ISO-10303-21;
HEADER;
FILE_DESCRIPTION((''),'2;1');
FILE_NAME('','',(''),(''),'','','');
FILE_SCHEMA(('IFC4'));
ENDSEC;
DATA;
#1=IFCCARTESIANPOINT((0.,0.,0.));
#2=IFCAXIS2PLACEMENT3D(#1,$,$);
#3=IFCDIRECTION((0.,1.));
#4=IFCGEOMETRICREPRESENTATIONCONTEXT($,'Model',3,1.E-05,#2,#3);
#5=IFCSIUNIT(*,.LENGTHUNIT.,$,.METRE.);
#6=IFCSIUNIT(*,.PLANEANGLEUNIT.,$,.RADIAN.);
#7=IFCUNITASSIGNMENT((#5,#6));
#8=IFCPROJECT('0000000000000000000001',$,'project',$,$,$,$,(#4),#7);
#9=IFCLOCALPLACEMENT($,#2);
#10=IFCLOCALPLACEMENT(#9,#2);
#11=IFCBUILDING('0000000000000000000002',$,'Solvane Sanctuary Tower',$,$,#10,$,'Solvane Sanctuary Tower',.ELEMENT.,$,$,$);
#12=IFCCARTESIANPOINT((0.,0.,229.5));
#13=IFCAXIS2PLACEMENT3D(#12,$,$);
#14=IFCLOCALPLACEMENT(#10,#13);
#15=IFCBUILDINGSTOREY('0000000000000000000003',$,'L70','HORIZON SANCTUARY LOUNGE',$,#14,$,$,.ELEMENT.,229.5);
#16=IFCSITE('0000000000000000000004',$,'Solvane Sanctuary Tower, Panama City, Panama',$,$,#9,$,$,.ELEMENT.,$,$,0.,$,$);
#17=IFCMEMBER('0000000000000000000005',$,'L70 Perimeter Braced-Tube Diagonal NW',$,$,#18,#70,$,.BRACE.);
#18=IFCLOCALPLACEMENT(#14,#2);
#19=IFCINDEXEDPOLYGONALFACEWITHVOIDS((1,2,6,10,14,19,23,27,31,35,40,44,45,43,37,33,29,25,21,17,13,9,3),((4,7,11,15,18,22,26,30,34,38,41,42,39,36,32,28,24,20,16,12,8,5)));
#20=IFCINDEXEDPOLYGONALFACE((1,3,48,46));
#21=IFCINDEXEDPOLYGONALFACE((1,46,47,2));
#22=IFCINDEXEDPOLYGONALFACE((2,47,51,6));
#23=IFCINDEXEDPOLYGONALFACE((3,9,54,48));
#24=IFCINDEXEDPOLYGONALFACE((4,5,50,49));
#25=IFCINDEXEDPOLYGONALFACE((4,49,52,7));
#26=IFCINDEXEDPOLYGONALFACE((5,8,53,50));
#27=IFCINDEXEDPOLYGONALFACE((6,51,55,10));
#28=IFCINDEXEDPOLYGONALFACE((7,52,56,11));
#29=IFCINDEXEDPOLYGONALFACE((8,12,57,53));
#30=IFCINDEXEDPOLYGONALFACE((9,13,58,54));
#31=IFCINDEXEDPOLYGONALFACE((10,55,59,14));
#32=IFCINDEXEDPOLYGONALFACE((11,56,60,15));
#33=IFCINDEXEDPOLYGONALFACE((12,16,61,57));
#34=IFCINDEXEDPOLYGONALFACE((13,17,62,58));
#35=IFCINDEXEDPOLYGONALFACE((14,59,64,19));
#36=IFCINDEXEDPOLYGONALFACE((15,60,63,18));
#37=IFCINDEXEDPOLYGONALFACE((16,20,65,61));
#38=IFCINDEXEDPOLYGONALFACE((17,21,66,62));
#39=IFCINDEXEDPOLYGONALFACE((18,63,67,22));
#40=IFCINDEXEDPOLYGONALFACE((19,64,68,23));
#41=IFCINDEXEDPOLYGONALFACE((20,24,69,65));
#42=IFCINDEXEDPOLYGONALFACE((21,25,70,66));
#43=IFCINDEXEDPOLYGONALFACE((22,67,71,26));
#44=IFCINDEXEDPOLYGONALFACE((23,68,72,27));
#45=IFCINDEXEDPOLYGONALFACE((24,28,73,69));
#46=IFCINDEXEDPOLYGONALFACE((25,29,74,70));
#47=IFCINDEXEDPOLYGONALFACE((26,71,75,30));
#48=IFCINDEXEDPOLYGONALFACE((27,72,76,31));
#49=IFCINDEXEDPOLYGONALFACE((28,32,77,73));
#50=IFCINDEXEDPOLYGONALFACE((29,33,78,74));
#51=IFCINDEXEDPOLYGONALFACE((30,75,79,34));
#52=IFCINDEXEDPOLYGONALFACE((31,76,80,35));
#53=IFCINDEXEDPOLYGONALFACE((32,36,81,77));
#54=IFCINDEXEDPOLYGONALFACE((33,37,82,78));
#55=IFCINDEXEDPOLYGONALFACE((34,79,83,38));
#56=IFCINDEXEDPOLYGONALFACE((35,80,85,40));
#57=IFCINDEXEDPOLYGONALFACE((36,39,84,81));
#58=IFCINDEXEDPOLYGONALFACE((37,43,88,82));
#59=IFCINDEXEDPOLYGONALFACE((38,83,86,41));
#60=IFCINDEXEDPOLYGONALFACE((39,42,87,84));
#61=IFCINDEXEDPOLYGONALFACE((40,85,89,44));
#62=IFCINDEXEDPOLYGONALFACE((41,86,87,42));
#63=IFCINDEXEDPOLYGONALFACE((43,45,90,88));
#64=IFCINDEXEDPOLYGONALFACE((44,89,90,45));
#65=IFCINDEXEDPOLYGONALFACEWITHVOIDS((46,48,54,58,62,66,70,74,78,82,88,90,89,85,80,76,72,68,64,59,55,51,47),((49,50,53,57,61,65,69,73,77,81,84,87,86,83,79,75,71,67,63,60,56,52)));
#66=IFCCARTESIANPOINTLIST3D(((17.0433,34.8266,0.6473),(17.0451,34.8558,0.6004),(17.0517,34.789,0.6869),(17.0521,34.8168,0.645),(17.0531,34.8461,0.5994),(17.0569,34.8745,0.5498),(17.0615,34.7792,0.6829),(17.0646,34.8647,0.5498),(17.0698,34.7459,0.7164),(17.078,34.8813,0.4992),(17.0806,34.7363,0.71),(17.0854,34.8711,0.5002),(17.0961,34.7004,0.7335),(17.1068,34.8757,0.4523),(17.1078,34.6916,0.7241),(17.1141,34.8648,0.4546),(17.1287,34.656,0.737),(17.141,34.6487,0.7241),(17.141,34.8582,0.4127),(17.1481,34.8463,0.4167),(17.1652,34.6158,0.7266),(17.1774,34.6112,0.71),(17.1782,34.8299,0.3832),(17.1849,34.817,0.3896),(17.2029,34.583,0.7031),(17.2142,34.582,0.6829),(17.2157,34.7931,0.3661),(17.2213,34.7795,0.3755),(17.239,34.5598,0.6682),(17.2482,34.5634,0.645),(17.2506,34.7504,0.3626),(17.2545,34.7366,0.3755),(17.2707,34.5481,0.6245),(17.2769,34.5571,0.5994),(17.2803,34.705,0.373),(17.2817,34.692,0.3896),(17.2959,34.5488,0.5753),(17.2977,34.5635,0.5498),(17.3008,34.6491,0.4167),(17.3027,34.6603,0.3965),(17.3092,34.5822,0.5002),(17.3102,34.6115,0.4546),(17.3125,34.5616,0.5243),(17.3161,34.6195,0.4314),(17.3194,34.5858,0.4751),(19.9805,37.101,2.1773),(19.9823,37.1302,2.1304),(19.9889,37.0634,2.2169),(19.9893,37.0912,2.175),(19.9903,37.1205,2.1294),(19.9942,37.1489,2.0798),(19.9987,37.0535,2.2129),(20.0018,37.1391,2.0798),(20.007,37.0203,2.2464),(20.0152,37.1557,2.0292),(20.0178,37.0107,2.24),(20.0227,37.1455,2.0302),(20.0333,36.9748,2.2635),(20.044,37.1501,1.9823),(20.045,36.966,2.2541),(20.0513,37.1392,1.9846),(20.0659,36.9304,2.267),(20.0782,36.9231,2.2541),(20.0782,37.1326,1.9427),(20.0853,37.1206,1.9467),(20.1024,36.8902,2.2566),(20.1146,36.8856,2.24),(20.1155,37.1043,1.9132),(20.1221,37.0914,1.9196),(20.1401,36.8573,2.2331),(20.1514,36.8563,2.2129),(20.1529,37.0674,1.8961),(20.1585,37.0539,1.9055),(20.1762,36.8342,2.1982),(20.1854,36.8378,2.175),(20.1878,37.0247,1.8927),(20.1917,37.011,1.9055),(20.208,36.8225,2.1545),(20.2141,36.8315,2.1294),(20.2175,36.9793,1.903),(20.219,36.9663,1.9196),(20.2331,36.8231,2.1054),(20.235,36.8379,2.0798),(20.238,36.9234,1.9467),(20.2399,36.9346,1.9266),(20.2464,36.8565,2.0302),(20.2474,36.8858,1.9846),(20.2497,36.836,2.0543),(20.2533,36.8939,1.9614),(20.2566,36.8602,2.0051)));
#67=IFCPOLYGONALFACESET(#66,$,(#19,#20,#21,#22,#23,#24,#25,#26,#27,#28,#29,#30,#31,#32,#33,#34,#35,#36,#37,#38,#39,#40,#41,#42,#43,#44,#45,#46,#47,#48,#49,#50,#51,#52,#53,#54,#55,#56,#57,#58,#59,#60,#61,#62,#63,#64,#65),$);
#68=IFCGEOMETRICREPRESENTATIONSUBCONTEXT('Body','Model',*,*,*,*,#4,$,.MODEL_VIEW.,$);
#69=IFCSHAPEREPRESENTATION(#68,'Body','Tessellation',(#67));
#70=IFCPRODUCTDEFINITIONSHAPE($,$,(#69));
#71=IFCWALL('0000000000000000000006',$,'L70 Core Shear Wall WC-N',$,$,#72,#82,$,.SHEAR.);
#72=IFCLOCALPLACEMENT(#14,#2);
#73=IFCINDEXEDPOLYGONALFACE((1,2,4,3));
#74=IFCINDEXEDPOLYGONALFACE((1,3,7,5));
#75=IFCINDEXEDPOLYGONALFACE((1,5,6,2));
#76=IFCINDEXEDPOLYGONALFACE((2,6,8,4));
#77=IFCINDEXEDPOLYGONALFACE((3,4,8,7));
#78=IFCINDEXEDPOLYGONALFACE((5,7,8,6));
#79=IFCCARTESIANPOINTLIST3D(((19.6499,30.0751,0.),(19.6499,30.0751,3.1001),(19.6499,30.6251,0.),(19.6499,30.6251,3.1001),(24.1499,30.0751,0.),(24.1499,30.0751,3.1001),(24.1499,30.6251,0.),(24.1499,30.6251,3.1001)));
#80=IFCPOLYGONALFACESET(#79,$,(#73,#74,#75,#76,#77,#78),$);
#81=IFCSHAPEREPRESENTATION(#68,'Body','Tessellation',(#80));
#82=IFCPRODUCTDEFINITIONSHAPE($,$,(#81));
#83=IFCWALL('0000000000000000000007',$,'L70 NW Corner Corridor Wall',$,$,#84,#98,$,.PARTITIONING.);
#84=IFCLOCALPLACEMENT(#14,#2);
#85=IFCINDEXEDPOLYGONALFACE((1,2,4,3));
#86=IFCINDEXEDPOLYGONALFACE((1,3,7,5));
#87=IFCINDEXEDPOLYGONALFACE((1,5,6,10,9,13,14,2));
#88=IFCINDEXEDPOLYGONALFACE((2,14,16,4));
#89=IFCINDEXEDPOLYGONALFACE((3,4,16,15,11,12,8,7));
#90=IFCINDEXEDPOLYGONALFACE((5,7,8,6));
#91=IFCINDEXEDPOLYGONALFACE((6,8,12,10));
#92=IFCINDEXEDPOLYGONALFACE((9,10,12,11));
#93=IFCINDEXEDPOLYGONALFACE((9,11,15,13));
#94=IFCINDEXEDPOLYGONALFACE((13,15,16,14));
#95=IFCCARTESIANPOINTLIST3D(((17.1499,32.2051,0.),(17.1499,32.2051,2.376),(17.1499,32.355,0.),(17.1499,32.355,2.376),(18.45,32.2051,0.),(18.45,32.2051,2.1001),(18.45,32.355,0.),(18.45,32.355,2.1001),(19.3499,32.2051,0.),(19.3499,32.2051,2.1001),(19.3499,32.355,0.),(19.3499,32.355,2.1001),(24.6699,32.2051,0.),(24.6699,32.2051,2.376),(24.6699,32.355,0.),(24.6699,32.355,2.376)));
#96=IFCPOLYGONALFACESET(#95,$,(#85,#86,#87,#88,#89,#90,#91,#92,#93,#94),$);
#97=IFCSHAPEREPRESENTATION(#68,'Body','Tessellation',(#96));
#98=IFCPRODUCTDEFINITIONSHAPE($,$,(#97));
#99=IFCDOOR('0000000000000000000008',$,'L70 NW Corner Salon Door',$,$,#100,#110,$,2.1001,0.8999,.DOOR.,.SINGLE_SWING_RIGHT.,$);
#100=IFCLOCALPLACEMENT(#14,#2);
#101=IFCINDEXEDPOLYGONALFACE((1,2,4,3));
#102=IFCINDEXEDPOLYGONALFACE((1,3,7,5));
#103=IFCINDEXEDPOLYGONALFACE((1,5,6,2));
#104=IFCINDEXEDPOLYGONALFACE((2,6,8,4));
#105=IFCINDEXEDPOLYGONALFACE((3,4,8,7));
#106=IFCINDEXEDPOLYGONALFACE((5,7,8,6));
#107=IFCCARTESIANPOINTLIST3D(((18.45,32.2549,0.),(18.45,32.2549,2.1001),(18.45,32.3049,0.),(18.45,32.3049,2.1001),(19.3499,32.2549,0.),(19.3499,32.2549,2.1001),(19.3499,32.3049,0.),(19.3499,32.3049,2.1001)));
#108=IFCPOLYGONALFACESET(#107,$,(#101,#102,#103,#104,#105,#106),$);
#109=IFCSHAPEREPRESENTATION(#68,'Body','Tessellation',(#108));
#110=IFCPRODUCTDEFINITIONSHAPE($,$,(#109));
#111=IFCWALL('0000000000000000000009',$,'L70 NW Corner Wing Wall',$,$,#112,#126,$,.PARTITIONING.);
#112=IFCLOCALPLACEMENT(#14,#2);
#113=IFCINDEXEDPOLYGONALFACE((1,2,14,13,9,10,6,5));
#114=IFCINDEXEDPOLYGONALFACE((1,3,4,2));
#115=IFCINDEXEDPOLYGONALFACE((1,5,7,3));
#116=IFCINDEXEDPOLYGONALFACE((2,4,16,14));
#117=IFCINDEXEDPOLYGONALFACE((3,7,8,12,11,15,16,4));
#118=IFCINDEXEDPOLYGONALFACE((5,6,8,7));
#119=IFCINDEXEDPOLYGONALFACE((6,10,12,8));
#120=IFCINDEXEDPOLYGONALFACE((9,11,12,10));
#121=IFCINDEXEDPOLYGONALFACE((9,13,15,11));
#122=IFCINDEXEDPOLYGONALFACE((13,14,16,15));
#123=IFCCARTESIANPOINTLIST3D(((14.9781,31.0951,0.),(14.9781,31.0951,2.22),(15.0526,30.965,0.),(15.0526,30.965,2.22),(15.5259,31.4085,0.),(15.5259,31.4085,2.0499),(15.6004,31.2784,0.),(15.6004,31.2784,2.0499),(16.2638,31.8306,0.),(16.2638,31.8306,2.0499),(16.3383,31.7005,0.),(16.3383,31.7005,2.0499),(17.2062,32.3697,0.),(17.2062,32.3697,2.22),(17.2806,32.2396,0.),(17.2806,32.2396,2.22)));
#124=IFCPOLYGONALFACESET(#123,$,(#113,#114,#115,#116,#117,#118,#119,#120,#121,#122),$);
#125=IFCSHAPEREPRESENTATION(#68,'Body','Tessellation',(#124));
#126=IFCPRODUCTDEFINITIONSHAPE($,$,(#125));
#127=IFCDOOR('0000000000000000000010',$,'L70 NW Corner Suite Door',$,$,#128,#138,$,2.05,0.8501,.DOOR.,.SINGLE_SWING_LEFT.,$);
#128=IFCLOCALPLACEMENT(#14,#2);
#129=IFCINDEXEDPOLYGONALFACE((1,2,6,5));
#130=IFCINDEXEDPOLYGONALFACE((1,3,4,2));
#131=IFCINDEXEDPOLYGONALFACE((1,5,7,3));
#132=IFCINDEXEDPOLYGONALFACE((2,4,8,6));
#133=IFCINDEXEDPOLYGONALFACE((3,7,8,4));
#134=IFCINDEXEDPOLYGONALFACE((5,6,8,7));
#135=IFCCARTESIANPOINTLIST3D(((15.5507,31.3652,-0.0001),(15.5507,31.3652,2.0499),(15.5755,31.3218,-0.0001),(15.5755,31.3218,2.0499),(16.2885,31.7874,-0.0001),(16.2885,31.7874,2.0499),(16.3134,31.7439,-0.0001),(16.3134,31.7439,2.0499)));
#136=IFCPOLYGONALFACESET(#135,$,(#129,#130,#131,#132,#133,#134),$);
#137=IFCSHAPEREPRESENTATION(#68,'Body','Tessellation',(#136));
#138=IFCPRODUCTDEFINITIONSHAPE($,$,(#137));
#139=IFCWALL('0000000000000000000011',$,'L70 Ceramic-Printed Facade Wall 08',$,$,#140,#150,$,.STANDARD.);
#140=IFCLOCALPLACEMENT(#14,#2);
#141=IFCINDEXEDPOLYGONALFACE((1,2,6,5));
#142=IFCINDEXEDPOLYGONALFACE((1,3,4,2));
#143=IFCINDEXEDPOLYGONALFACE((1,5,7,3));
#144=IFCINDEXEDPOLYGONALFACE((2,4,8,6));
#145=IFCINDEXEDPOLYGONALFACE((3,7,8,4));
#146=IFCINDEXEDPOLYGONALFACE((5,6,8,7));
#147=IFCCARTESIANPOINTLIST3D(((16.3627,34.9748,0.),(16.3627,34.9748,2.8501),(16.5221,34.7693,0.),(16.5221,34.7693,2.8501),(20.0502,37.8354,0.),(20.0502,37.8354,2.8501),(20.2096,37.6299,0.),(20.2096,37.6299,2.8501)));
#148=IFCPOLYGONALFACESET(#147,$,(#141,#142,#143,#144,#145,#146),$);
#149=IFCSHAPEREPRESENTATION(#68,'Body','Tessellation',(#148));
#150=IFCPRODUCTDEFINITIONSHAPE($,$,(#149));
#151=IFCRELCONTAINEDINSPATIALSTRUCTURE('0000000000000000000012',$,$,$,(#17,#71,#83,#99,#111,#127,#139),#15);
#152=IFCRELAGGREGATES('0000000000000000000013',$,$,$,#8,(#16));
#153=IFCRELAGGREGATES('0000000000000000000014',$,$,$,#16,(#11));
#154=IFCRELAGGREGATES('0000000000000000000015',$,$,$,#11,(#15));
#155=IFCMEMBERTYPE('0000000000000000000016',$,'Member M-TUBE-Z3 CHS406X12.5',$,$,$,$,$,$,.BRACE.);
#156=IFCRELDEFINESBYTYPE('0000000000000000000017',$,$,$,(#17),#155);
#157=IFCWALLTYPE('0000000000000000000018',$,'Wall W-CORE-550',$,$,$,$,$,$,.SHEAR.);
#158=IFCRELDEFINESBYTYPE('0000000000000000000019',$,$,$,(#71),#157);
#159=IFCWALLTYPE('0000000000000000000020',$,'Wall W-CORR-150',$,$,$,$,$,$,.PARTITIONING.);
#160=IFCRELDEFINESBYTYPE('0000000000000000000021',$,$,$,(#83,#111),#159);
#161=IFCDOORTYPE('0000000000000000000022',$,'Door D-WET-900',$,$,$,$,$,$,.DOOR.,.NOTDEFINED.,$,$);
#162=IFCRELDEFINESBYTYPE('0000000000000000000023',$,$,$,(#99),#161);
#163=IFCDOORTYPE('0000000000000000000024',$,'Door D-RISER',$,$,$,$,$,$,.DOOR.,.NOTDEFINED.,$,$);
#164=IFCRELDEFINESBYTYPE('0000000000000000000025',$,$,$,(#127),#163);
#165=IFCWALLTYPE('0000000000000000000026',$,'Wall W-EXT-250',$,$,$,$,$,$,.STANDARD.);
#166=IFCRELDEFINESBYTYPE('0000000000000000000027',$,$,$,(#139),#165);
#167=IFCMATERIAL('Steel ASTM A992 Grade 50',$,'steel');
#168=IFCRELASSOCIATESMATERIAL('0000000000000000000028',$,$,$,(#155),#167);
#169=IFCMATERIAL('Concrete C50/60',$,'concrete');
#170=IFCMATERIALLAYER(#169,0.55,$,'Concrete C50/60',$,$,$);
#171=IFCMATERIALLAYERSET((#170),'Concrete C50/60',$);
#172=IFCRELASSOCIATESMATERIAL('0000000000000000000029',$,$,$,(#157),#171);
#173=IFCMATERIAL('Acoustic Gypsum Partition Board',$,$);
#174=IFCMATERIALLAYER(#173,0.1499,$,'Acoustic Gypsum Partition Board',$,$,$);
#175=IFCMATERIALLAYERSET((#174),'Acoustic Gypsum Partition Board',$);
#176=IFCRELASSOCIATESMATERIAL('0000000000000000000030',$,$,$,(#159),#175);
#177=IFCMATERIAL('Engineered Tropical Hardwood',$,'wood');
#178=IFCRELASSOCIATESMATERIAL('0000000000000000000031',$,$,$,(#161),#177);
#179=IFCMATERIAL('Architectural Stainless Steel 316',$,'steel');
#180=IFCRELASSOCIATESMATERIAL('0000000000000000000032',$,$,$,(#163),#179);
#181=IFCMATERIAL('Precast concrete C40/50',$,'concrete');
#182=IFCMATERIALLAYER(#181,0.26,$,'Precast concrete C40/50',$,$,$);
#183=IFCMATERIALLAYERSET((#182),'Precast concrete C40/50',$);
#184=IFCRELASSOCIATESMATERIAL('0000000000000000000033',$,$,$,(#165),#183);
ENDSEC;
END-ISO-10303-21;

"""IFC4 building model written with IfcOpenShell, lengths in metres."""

from ifc_helpers import new_model, si_unit, direction, frame, frame_2d, origin, origin_2d, place, context, subcontext, project, spatial, rectangle, hollow_circle, extrude, material, layer, layer_set, material_profile, profile_set, type_object, element, fill, save


model = new_model("IFC4")

# Units and contexts
model_context = context("Model", 3, precision=1e-05, world=origin(), true_north=direction((0.0, 1.0)))
body_context = subcontext(model_context, "Body", "Model", "MODEL_VIEW")
ifc_project = project(units=[si_unit("LENGTHUNIT", "METRE"), si_unit("PLANEANGLEUNIT", "RADIAN")], contexts=[model_context])

# Site, building, storey
site_placement = place(None, origin())
site = spatial("IfcSite", under=ifc_project, at=site_placement, Name="Solvane Sanctuary Tower, Panama City, Panama", CompositionType="ELEMENT", RefElevation=0.0)
building_placement = place(site_placement, origin())
building = spatial("IfcBuilding", under=site, at=building_placement, Name="Solvane Sanctuary Tower", LongName="Solvane Sanctuary Tower", CompositionType="ELEMENT")
storey_placement = place(building_placement, frame((0.0, 0.0, 229.5)))
storey = spatial("IfcBuildingStorey", under=building, at=storey_placement, Name="L70", Description="HORIZON SANCTUARY LOUNGE", CompositionType="ELEMENT", Elevation=229.5)

# Shared definitions
ifc_material_1 = material(Name="Concrete C50/60", Category="concrete")

# Shared definitions
ifc_material_2 = material(Name="Steel ASTM A992 Grade 50", Category="steel")

# Member
ifc_material_profile_1 = material_profile(ifc_material_2, hollow_circle(Radius=0.2029, WallThickness=0.0125, at=origin_2d()), Name="CHS406X12.5")
ifc_profile_set_1 = profile_set([ifc_material_profile_1], Name="Steel ASTM A992 Grade 50")
member_type = type_object("IfcMemberType", Name="Member M-TUBE-Z3 CHS406X12.5", PredefinedType="BRACE", material=ifc_profile_set_1)
member_placement = place(storey_placement, frame((17.1812, 34.7141, 0.5498), z_axis=(0.73109, 0.566107, 0.380828), x_axis=(-0.612242, 0.79067, 0.0)))
element("IfcMember", 1, at=member_placement, inside=storey, type_object=member_type, Name="L70 Perimeter Braced-Tube Diagonal NW", PredefinedType="BRACE", context=body_context, shape_type="SweptSolid", body=[
    extrude(hollow_circle(Radius=0.2029, WallThickness=0.0125, at=origin_2d()), origin(), (0.0, 0.0, 1.0), 4.0176),
])

# Wall
ifc_layer_1 = layer(ifc_material_1, 0.55, Name="Concrete C50/60")
ifc_layer_set_1 = layer_set([ifc_layer_1], Name="Concrete C50/60")
wall_type_1 = type_object("IfcWallType", Name="Wall W-CORE-550", PredefinedType="SHEAR", material=ifc_layer_set_1)
wall_1_placement = place(storey_placement, frame((19.6499, 30.3501, 0.0), z_axis=(0.0, 0.0, 1.0), x_axis=(1.0, 0.0, 0.0)))
element("IfcWall", 2, at=wall_1_placement, inside=storey, type_object=wall_type_1, Name="L70 Core Shear Wall WC-N", PredefinedType="SHEAR", context=body_context, shape_type="SweptSolid", body=[
    extrude(rectangle(XDim=4.5, YDim=0.55, at=frame_2d((2.25, 0.0))), origin(), (0.0, 0.0, 1.0), 3.1001),
])

# Walls, openings, doors
ifc_material_3 = material(Name="Acoustic Gypsum Partition Board")
ifc_layer_2 = layer(ifc_material_3, 0.1499, Name="Acoustic Gypsum Partition Board")
ifc_layer_set_2 = layer_set([ifc_layer_2], Name="Acoustic Gypsum Partition Board")
wall_type_2 = type_object("IfcWallType", Name="Wall W-CORR-150", PredefinedType="PARTITIONING", material=ifc_layer_set_2)
wall_2_placement = place(storey_placement, frame((17.1499, 32.28, 0.0), z_axis=(0.0, 0.0, 1.0), x_axis=(1.0, 0.0, 0.0)))
wall_2 = element("IfcWall", 3, at=wall_2_placement, inside=storey, type_object=wall_type_2, Name="L70 NW Corner Corridor Wall", PredefinedType="PARTITIONING", context=body_context, shape_type="SweptSolid", body=[
    extrude(rectangle(XDim=7.52, YDim=0.1499, at=frame_2d((3.76, 0.0))), origin(), (0.0, 0.0, 1.0), 2.376),
])
opening_1_placement = place(wall_2_placement, frame((1.3, 0.0, 0.0)))
opening_1 = element("IfcOpeningElement", 4, at=opening_1_placement, cuts=wall_2, PredefinedType="OPENING", context=body_context, shape_type="SweptSolid", body=[
    extrude(rectangle(XDim=0.8999, YDim=2.1001, at=frame_2d((0.45, 1.05))), frame((0.0, 0.085, 0.0), z_axis=(0.0, -1.0, 0.0), x_axis=(1.0, 0.0, 0.0)), (0.0, 0.0, 1.0), 0.1699),
])
ifc_material_4 = material(Name="Engineered Tropical Hardwood", Category="wood")
door_type_1 = type_object("IfcDoorType", Name="Door D-WET-900", OperationType="NOTDEFINED", PredefinedType="DOOR", material=ifc_material_4)
door_1_placement = place(opening_1_placement, origin())
door_1 = element("IfcDoor", 5, at=door_1_placement, inside=storey, type_object=door_type_1, Name="L70 NW Corner Salon Door", OperationType="SINGLE_SWING_RIGHT", OverallHeight=2.1001, OverallWidth=0.8999, PredefinedType="DOOR", context=body_context, shape_type="SweptSolid", body=[
    extrude(rectangle(XDim=0.8999, YDim=2.1001, at=frame_2d((0.45, 1.05))), frame((0.0, 0.0249, 0.0), z_axis=(0.0, -1.0, 0.0), x_axis=(1.0, 0.0, 0.0)), (0.0, 0.0, 1.0), 0.05),
])
fill(opening_1, door_1)
wall_3_placement = place(storey_placement, frame((17.2434, 32.3047, 0.0), z_axis=(0.0, 0.0, 1.0), x_axis=(-0.867991, -0.496579, 0.0)))
wall_3 = element("IfcWall", 6, at=wall_3_placement, inside=storey, type_object=wall_type_2, Name="L70 NW Corner Wing Wall", PredefinedType="PARTITIONING", context=body_context, shape_type="SweptSolid", body=[
    extrude(rectangle(XDim=2.5669, YDim=0.1499, at=frame_2d((1.2834, 0.0))), origin(), (0.0, 0.0, 1.0), 2.22),
])
opening_2_placement = place(wall_3_placement, frame((1.0857, 0.0, 0.0)))
opening_2 = element("IfcOpeningElement", 7, at=opening_2_placement, cuts=wall_3, PredefinedType="OPENING", context=body_context, shape_type="SweptSolid", body=[
    extrude(rectangle(XDim=0.8501, YDim=2.05, at=frame_2d((0.425, 1.0249))), frame((0.0, 0.085, 0.0), z_axis=(0.0, -1.0, 0.0), x_axis=(1.0, 0.0, 0.0)), (0.0, 0.0, 1.0), 0.1699),
])
ifc_material_5 = material(Name="Architectural Stainless Steel 316", Category="steel")
door_type_2 = type_object("IfcDoorType", Name="Door D-RISER", OperationType="NOTDEFINED", PredefinedType="DOOR", material=ifc_material_5)
door_2_placement = place(opening_2_placement, origin())
door_2 = element("IfcDoor", 8, at=door_2_placement, inside=storey, type_object=door_type_2, Name="L70 NW Corner Suite Door", OperationType="SINGLE_SWING_LEFT", OverallHeight=2.05, OverallWidth=0.8501, PredefinedType="DOOR", context=body_context, shape_type="SweptSolid", body=[
    extrude(rectangle(XDim=0.8501, YDim=2.05, at=frame_2d((0.425, 1.0249))), frame((0.0, 0.0249, 0.0), z_axis=(0.0, -1.0, 0.0), x_axis=(1.0, 0.0, 0.0)), (0.0, 0.0, 1.0), 0.05),
])
fill(opening_2, door_2)

# Wall
ifc_material_6 = material(Name="Precast concrete C40/50", Category="concrete")
ifc_layer_3 = layer(ifc_material_6, 0.26, Name="Precast concrete C40/50")
ifc_layer_set_3 = layer_set([ifc_layer_3], Name="Precast concrete C40/50")
wall_type_3 = type_object("IfcWallType", Name="Wall W-EXT-250", PredefinedType="STANDARD", material=ifc_layer_set_3)
wall_4_placement = place(storey_placement, frame((20.1299, 37.7327, 0.0), z_axis=(0.0, 0.0, 1.0), x_axis=(-0.790126, -0.612944, 0.0)))
element("IfcWall", 9, at=wall_4_placement, inside=storey, type_object=wall_type_3, Name="L70 Ceramic-Printed Facade Wall 08", PredefinedType="STANDARD", context=body_context, shape_type="SweptSolid", body=[
    extrude(rectangle(XDim=4.667, YDim=0.26, at=frame_2d((2.3335, 0.0))), origin(), (0.0, 0.0, 1.0), 2.8501),
])

save(model, "model.ifc")
